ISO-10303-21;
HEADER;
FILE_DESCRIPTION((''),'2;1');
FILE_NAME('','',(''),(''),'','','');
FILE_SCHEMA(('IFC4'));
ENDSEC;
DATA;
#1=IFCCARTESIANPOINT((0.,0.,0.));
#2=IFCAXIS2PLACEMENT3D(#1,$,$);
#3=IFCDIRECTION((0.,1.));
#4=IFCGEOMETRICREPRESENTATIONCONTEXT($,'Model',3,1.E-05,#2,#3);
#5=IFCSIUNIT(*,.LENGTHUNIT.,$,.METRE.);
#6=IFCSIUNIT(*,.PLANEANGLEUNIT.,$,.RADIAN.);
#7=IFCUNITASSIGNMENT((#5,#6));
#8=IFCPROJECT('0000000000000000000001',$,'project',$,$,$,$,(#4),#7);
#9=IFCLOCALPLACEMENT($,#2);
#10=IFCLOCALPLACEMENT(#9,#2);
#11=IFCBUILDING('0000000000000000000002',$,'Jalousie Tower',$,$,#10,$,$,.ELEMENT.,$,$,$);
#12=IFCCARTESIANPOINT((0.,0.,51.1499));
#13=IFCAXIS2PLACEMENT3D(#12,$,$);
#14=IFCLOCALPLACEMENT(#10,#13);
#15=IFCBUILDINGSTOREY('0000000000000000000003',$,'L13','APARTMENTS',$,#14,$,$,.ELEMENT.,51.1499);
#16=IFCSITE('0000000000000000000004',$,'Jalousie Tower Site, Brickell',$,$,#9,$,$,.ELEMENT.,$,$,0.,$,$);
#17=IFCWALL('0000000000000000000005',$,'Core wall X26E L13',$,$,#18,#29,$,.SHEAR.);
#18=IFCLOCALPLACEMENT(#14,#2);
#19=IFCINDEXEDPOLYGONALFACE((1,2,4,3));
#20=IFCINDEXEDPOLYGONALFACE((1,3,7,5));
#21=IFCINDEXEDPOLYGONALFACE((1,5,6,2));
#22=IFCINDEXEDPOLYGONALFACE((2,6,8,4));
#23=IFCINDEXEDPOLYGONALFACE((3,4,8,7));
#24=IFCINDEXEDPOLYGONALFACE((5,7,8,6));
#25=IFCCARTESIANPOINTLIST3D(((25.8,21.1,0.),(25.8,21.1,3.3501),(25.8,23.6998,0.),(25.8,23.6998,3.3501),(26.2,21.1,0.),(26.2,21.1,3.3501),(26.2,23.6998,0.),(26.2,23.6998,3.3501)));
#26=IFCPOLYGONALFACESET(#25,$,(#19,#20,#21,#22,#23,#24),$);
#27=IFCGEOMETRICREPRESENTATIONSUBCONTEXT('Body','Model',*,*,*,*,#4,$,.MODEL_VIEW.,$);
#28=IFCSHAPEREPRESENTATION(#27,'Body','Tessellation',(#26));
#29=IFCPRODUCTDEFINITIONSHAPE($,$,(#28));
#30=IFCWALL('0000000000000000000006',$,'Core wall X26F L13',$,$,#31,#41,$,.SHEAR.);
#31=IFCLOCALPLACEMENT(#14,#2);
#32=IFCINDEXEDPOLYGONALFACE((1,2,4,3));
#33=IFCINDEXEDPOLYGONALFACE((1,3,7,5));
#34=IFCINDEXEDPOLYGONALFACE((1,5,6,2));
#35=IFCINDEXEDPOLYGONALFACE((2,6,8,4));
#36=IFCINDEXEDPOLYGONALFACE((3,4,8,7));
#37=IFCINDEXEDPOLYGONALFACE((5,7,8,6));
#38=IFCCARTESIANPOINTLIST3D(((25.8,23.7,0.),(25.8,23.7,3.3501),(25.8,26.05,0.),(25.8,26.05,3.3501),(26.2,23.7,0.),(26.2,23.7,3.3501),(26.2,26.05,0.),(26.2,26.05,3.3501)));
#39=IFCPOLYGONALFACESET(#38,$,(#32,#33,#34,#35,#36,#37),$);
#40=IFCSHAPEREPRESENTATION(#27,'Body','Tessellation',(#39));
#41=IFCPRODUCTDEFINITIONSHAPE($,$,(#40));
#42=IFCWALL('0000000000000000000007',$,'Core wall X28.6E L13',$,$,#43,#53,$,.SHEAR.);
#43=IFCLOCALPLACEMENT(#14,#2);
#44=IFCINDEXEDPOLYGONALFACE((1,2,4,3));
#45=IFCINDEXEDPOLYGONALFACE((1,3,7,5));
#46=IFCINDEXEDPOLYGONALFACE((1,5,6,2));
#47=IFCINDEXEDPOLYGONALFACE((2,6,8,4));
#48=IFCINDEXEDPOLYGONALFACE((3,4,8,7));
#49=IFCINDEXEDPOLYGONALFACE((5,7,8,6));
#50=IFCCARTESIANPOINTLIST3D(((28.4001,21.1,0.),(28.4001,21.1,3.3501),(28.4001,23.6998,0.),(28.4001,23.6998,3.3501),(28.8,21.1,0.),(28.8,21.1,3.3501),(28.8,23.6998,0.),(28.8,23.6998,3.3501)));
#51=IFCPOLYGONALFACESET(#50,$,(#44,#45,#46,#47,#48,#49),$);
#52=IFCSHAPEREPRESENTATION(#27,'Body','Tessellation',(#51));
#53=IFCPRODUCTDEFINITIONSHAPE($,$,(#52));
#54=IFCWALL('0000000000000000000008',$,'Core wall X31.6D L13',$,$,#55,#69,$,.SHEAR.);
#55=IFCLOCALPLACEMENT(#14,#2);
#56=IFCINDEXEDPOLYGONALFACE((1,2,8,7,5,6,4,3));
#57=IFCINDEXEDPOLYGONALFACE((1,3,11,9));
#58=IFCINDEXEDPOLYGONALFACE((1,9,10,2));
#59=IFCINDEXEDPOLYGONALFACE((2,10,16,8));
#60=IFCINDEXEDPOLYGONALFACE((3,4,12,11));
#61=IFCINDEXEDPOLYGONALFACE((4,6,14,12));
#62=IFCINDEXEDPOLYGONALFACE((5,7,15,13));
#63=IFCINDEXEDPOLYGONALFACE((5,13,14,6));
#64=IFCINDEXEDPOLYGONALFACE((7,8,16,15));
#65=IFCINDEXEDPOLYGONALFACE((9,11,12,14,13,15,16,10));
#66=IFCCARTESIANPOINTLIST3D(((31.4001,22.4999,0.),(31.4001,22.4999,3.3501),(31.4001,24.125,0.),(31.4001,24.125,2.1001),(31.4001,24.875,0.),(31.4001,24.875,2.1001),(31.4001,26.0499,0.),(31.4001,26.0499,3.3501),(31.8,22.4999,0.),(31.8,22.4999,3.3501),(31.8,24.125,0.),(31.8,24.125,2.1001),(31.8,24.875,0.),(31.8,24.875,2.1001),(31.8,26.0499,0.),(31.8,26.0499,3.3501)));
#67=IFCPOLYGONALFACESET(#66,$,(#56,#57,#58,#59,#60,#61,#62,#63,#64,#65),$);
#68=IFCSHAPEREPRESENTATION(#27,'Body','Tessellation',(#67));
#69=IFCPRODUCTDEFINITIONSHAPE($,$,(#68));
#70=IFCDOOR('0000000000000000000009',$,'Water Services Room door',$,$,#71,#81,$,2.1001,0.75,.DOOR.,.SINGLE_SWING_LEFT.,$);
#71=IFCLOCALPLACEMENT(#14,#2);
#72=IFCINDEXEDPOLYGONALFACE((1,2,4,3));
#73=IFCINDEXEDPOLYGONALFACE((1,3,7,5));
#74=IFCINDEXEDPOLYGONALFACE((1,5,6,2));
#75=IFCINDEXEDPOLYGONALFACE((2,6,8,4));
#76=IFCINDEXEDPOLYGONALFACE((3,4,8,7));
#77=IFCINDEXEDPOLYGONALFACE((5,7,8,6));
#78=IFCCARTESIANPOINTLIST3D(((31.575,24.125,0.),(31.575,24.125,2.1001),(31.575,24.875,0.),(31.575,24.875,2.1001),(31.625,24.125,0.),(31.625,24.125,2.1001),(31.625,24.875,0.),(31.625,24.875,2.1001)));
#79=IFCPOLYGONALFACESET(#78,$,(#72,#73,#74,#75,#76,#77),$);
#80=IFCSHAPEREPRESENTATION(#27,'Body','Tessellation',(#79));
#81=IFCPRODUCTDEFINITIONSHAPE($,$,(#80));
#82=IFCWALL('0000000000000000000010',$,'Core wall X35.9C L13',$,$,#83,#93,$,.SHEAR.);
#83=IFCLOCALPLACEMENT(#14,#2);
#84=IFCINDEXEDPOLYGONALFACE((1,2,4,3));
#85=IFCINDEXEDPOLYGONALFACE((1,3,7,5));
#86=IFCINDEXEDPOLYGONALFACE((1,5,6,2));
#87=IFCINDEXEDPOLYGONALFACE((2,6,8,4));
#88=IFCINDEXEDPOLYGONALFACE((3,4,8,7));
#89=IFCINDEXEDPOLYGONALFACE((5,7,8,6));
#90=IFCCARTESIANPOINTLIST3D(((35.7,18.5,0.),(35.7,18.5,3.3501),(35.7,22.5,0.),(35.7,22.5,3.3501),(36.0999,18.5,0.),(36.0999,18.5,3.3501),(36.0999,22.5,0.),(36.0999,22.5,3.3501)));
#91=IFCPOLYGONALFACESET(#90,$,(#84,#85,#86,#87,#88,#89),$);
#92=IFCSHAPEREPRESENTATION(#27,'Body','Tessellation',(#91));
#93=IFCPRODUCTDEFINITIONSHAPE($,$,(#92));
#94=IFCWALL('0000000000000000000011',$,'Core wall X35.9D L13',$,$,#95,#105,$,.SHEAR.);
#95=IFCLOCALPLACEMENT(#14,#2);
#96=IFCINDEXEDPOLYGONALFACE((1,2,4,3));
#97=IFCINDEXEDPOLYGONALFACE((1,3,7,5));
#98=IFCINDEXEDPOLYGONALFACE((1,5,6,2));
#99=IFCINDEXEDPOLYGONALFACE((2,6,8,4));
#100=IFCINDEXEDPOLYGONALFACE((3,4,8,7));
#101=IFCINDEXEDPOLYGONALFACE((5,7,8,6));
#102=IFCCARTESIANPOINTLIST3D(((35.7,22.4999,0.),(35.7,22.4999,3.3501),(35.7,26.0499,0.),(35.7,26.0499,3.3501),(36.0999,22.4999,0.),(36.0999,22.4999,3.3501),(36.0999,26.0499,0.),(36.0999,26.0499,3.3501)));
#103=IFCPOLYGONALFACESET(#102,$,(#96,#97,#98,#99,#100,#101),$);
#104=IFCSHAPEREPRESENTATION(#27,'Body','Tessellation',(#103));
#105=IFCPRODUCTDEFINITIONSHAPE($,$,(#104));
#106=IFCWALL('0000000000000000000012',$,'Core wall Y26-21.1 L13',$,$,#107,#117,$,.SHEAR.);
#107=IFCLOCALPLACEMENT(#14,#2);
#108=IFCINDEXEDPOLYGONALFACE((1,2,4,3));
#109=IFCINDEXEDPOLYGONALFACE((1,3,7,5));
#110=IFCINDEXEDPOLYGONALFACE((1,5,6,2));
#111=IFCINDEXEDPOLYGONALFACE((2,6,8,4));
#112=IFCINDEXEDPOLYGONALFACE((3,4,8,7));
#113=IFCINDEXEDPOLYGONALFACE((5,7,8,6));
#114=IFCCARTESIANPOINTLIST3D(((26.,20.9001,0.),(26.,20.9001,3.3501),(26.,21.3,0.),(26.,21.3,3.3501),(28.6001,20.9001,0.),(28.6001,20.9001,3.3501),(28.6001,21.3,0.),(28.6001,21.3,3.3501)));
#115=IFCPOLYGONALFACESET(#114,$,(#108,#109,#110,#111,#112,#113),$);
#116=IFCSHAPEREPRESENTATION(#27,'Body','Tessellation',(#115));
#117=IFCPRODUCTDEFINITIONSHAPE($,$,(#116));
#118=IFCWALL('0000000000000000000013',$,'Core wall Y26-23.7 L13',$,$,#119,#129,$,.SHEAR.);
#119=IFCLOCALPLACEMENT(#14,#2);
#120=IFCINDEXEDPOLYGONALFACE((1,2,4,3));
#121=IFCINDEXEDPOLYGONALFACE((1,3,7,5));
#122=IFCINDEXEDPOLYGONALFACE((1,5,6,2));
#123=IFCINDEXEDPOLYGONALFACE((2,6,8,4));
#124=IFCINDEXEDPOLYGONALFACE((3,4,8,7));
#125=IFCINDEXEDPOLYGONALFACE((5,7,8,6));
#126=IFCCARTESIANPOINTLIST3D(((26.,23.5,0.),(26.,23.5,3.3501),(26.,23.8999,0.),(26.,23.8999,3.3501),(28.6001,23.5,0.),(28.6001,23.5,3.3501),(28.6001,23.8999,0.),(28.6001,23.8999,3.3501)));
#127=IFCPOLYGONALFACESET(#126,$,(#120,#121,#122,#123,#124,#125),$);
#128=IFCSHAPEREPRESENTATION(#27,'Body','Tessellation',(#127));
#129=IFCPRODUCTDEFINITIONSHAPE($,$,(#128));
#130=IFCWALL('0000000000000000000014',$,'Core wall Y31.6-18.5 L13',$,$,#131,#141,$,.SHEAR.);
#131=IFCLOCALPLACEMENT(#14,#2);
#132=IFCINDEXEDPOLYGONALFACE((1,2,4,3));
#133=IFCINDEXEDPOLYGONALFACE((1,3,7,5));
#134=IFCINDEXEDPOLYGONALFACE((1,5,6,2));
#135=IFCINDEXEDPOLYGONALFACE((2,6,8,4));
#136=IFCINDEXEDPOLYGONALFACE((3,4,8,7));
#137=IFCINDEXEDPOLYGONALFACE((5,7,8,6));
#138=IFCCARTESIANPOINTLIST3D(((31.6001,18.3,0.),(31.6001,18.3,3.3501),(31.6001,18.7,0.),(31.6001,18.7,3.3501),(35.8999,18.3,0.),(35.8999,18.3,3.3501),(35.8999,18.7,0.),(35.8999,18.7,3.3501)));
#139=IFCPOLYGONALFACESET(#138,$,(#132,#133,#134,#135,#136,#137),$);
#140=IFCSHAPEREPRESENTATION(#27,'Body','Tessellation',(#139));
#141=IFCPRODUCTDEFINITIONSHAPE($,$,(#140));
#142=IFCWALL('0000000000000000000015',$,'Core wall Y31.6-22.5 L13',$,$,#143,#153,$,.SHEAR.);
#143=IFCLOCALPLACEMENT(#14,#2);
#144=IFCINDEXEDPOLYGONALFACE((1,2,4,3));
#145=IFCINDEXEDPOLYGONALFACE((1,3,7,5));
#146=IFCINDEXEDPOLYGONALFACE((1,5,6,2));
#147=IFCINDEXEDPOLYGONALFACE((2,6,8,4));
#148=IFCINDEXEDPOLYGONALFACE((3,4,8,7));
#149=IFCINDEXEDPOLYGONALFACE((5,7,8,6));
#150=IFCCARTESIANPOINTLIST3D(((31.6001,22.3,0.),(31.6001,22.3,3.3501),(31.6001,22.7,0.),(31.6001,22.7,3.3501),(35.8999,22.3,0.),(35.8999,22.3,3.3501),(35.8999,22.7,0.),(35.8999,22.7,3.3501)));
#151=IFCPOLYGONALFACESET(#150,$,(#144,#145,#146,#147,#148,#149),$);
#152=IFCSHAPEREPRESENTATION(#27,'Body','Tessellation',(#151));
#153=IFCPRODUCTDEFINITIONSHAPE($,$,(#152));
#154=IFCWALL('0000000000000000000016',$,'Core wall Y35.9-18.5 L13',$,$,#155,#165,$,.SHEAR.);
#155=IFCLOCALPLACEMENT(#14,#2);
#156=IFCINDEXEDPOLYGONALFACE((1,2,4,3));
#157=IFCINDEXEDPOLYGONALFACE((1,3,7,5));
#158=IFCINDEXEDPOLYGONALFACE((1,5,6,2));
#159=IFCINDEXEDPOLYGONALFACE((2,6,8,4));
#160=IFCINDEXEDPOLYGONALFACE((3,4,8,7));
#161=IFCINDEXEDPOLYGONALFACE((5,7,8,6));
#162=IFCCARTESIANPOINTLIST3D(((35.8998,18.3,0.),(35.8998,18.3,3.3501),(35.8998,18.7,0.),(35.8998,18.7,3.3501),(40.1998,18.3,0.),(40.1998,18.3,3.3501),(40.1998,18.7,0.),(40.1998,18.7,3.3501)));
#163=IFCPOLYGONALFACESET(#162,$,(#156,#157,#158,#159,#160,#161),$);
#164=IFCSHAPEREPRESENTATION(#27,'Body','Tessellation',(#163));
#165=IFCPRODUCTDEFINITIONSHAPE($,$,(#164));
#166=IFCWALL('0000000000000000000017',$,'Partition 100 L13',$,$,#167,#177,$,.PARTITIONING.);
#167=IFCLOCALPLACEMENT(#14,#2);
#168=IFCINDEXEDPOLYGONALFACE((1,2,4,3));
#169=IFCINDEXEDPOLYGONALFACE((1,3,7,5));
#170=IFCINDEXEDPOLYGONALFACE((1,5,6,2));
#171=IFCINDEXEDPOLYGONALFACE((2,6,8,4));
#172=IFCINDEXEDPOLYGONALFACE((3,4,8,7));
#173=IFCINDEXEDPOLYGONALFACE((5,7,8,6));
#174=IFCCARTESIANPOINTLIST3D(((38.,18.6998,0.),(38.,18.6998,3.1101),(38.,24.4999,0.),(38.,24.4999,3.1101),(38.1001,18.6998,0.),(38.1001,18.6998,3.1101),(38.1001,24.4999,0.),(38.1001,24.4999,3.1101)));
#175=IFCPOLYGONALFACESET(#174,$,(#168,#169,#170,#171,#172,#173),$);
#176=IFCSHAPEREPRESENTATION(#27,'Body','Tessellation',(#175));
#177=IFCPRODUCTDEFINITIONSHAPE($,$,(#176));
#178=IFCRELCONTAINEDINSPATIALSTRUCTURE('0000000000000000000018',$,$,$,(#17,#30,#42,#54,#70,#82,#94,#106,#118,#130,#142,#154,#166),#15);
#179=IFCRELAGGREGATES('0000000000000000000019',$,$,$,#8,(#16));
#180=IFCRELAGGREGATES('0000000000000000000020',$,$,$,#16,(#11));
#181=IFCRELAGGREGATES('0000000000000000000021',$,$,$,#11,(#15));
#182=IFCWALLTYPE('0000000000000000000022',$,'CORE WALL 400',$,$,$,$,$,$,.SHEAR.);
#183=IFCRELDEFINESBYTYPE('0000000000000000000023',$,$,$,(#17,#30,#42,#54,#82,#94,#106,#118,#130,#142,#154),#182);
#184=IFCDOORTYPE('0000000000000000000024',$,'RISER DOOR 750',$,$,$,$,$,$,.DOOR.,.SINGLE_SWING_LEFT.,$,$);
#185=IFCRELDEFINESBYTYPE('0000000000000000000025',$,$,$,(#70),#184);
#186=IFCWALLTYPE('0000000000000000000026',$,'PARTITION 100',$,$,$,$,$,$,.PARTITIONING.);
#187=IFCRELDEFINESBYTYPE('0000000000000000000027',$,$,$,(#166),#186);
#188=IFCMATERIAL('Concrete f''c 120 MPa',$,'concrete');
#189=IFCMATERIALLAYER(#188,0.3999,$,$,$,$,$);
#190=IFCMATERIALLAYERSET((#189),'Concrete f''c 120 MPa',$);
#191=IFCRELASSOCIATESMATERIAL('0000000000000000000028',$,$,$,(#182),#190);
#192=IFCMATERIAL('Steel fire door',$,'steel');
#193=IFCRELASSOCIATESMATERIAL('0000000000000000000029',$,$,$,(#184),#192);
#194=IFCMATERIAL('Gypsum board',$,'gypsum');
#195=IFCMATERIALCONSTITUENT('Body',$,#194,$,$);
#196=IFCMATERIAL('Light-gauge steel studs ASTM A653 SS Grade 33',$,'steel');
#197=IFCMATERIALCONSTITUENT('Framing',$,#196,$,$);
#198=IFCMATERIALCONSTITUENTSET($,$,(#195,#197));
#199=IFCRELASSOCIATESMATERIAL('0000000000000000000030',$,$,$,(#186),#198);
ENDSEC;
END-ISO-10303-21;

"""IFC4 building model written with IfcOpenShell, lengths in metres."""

from ifc_helpers import new_model, si_unit, direction, frame, frame_2d, origin, place, context, subcontext, project, spatial, rectangle, extrude, material, layer, layer_set, constituent, constituent_set, type_object, element, fill, save


model = new_model("IFC4")

# Units and contexts
model_context = context("Model", 3, precision=1e-05, world=origin(), true_north=direction((0.0, 1.0)))
body_context = subcontext(model_context, "Body", "Model", "MODEL_VIEW")
ifc_project = project(units=[si_unit("LENGTHUNIT", "METRE"), si_unit("PLANEANGLEUNIT", "RADIAN")], contexts=[model_context])

# Site, building, storey
site_placement = place(None, origin())
site = spatial("IfcSite", under=ifc_project, at=site_placement, Name="Jalousie Tower Site, Brickell", CompositionType="ELEMENT", RefElevation=0.0)
building_placement = place(site_placement, origin())
building = spatial("IfcBuilding", under=site, at=building_placement, Name="Jalousie Tower", CompositionType="ELEMENT")
storey_placement = place(building_placement, frame((0.0, 0.0, 51.1499)))
storey = spatial("IfcBuildingStorey", under=building, at=storey_placement, Name="L13", Description="APARTMENTS", CompositionType="ELEMENT", Elevation=51.1499)

# Walls
ifc_material_1 = material(Name="Concrete f'c 120 MPa", Category="concrete")
ifc_layer = layer(ifc_material_1, 0.3999)
ifc_layer_set = layer_set([ifc_layer], Name="Concrete f'c 120 MPa")
wall_type_1 = type_object("IfcWallType", Name="CORE WALL 400", PredefinedType="SHEAR", material=ifc_layer_set)
wall_1_placement = place(storey_placement, frame((26.0, 21.1001, 0.0), z_axis=(0.0, 0.0, 1.0), x_axis=(0.0, 1.0, 0.0)))
element("IfcWall", 1, at=wall_1_placement, inside=storey, type_object=wall_type_1, Name="Core wall X26E L13", PredefinedType="SHEAR", context=body_context, shape_type="SweptSolid", body=[
    extrude(rectangle(XDim=2.5999, YDim=0.3999, at=frame_2d((1.2998, 0.0))), origin(), (0.0, 0.0, 1.0), 3.3501),
])
wall_2_placement = place(storey_placement, frame((26.0, 23.7, 0.0), z_axis=(0.0, 0.0, 1.0), x_axis=(0.0, 1.0, 0.0)))
element("IfcWall", 2, at=wall_2_placement, inside=storey, type_object=wall_type_1, Name="Core wall X26F L13", PredefinedType="SHEAR", context=body_context, shape_type="SweptSolid", body=[
    extrude(rectangle(XDim=2.3501, YDim=0.3999, at=frame_2d((1.175, 0.0))), origin(), (0.0, 0.0, 1.0), 3.3501),
])
wall_3_placement = place(storey_placement, frame((28.6001, 21.1001, 0.0), z_axis=(0.0, 0.0, 1.0), x_axis=(0.0, 1.0, 0.0)))
element("IfcWall", 3, at=wall_3_placement, inside=storey, type_object=wall_type_1, Name="Core wall X28.6E L13", PredefinedType="SHEAR", context=body_context, shape_type="SweptSolid", body=[
    extrude(rectangle(XDim=2.5999, YDim=0.3999, at=frame_2d((1.2998, 0.0))), origin(), (0.0, 0.0, 1.0), 3.3501),
])

# Wall, opening, door
wall_4_placement = place(storey_placement, frame((31.6001, 22.5, 0.0), z_axis=(0.0, 0.0, 1.0), x_axis=(0.0, 1.0, 0.0)))
wall_4 = element("IfcWall", 4, at=wall_4_placement, inside=storey, type_object=wall_type_1, Name="Core wall X31.6D L13", PredefinedType="SHEAR", context=body_context, shape_type="SweptSolid", body=[
    extrude(rectangle(XDim=3.55, YDim=0.3999, at=frame_2d((1.7749, 0.0))), origin(), (0.0, 0.0, 1.0), 3.3501),
])
opening_placement = place(wall_4_placement, frame((1.625, 0.0, 0.0)))
opening = element("IfcOpeningElement", 5, at=opening_placement, cuts=wall_4, PredefinedType="OPENING", context=body_context, shape_type="SweptSolid", body=[
    extrude(rectangle(XDim=0.75, YDim=2.1001, at=frame_2d((0.375, 1.05))), frame((0.0, 0.21, 0.0), z_axis=(0.0, -1.0, 0.0), x_axis=(1.0, 0.0, 0.0)), (0.0, 0.0, 1.0), 0.4199),
])
ifc_material_2 = material(Name="Steel fire door", Category="steel")
door_type = type_object("IfcDoorType", Name="RISER DOOR 750", OperationType="SINGLE_SWING_LEFT", PredefinedType="DOOR", material=ifc_material_2)
door_placement = place(opening_placement, frame((0.75, 0.0, 0.0), z_axis=(0.0, 0.0, 1.0), x_axis=(-1.0, 0.0, 0.0)))
door = element("IfcDoor", 6, at=door_placement, inside=storey, type_object=door_type, Name="Water Services Room door", OperationType="SINGLE_SWING_LEFT", OverallHeight=2.1001, OverallWidth=0.75, PredefinedType="DOOR", context=body_context, shape_type="SweptSolid", body=[
    extrude(rectangle(XDim=0.75, YDim=2.1001, at=frame_2d((0.375, 1.05))), frame((0.0, 0.0249, 0.0), z_axis=(0.0, -1.0, 0.0), x_axis=(1.0, 0.0, 0.0)), (0.0, 0.0, 1.0), 0.05),
])
fill(opening, door)

# Walls
wall_5_placement = place(storey_placement, frame((35.8999, 18.5, 0.0), z_axis=(0.0, 0.0, 1.0), x_axis=(0.0, 1.0, 0.0)))
element("IfcWall", 7, at=wall_5_placement, inside=storey, type_object=wall_type_1, Name="Core wall X35.9C L13", PredefinedType="SHEAR", context=body_context, shape_type="SweptSolid", body=[
    extrude(rectangle(XDim=4.0, YDim=0.3999, at=frame_2d((2.0, 0.0))), origin(), (0.0, 0.0, 1.0), 3.3501),
])
wall_6_placement = place(storey_placement, frame((35.8999, 22.5, 0.0), z_axis=(0.0, 0.0, 1.0), x_axis=(0.0, 1.0, 0.0)))
element("IfcWall", 8, at=wall_6_placement, inside=storey, type_object=wall_type_1, Name="Core wall X35.9D L13", PredefinedType="SHEAR", context=body_context, shape_type="SweptSolid", body=[
    extrude(rectangle(XDim=3.55, YDim=0.3999, at=frame_2d((1.7749, 0.0))), origin(), (0.0, 0.0, 1.0), 3.3501),
])
for number, where, z_axis, x_axis, name in (
    (9, (26.0, 21.1001, 0.0), (0.0, 0.0, 1.0), (1.0, 0.0, 0.0), "Core wall Y26-21.1 L13"),
    (10, (26.0, 23.7, 0.0), (0.0, 0.0, 1.0), (1.0, 0.0, 0.0), "Core wall Y26-23.7 L13"),
):
    element("IfcWall", number, at=place(storey_placement, frame(where, z_axis=z_axis, x_axis=x_axis)), inside=storey, type_object=wall_type_1, Name=name, PredefinedType="SHEAR", context=body_context, shape_type="SweptSolid", body=[
        extrude(rectangle(XDim=2.6001, YDim=0.3999, at=frame_2d((1.3, 0.0))), origin(), (0.0, 0.0, 1.0), 3.3501),
    ])
for number, where, z_axis, x_axis, name in (
    (11, (31.6001, 18.5, 0.0), (0.0, 0.0, 1.0), (1.0, 0.0, 0.0), "Core wall Y31.6-18.5 L13"),
    (12, (31.6001, 22.5, 0.0), (0.0, 0.0, 1.0), (1.0, 0.0, 0.0), "Core wall Y31.6-22.5 L13"),
):
    element("IfcWall", number, at=place(storey_placement, frame(where, z_axis=z_axis, x_axis=x_axis)), inside=storey, type_object=wall_type_1, Name=name, PredefinedType="SHEAR", context=body_context, shape_type="SweptSolid", body=[
        extrude(rectangle(XDim=4.2998, YDim=0.3999, at=frame_2d((2.1499, 0.0))), origin(), (0.0, 0.0, 1.0), 3.3501),
    ])
wall_7_placement = place(storey_placement, frame((35.8999, 18.5, 0.0), z_axis=(0.0, 0.0, 1.0), x_axis=(1.0, 0.0, 0.0)))
element("IfcWall", 13, at=wall_7_placement, inside=storey, type_object=wall_type_1, Name="Core wall Y35.9-18.5 L13", PredefinedType="SHEAR", context=body_context, shape_type="SweptSolid", body=[
    extrude(rectangle(XDim=4.3, YDim=0.3999, at=frame_2d((2.1499, 0.0))), origin(), (0.0, 0.0, 1.0), 3.3501),
])
ifc_material_3 = material(Name="Gypsum board", Category="gypsum")
ifc_constituent_1 = constituent(ifc_material_3, Name="Body")
ifc_material_4 = material(Name="Light-gauge steel studs ASTM A653 SS Grade 33", Category="steel")
ifc_constituent_2 = constituent(ifc_material_4, Name="Framing")
ifc_constituent_set = constituent_set(constituents=[ifc_constituent_1, ifc_constituent_2])
wall_type_2 = type_object("IfcWallType", Name="PARTITION 100", PredefinedType="PARTITIONING", material=ifc_constituent_set)
wall_8_placement = place(storey_placement, frame((38.05, 18.7, 0.0), z_axis=(0.0, 0.0, 1.0), x_axis=(0.0, 1.0, 0.0)))
element("IfcWall", 14, at=wall_8_placement, inside=storey, type_object=wall_type_2, Name="Partition 100 L13", PredefinedType="PARTITIONING", context=body_context, shape_type="SweptSolid", body=[
    extrude(rectangle(XDim=5.8, YDim=0.1001, at=frame_2d((2.8999, 0.0))), origin(), (0.0, 0.0, 1.0), 3.1101),
])

save(model, "model.ifc")
